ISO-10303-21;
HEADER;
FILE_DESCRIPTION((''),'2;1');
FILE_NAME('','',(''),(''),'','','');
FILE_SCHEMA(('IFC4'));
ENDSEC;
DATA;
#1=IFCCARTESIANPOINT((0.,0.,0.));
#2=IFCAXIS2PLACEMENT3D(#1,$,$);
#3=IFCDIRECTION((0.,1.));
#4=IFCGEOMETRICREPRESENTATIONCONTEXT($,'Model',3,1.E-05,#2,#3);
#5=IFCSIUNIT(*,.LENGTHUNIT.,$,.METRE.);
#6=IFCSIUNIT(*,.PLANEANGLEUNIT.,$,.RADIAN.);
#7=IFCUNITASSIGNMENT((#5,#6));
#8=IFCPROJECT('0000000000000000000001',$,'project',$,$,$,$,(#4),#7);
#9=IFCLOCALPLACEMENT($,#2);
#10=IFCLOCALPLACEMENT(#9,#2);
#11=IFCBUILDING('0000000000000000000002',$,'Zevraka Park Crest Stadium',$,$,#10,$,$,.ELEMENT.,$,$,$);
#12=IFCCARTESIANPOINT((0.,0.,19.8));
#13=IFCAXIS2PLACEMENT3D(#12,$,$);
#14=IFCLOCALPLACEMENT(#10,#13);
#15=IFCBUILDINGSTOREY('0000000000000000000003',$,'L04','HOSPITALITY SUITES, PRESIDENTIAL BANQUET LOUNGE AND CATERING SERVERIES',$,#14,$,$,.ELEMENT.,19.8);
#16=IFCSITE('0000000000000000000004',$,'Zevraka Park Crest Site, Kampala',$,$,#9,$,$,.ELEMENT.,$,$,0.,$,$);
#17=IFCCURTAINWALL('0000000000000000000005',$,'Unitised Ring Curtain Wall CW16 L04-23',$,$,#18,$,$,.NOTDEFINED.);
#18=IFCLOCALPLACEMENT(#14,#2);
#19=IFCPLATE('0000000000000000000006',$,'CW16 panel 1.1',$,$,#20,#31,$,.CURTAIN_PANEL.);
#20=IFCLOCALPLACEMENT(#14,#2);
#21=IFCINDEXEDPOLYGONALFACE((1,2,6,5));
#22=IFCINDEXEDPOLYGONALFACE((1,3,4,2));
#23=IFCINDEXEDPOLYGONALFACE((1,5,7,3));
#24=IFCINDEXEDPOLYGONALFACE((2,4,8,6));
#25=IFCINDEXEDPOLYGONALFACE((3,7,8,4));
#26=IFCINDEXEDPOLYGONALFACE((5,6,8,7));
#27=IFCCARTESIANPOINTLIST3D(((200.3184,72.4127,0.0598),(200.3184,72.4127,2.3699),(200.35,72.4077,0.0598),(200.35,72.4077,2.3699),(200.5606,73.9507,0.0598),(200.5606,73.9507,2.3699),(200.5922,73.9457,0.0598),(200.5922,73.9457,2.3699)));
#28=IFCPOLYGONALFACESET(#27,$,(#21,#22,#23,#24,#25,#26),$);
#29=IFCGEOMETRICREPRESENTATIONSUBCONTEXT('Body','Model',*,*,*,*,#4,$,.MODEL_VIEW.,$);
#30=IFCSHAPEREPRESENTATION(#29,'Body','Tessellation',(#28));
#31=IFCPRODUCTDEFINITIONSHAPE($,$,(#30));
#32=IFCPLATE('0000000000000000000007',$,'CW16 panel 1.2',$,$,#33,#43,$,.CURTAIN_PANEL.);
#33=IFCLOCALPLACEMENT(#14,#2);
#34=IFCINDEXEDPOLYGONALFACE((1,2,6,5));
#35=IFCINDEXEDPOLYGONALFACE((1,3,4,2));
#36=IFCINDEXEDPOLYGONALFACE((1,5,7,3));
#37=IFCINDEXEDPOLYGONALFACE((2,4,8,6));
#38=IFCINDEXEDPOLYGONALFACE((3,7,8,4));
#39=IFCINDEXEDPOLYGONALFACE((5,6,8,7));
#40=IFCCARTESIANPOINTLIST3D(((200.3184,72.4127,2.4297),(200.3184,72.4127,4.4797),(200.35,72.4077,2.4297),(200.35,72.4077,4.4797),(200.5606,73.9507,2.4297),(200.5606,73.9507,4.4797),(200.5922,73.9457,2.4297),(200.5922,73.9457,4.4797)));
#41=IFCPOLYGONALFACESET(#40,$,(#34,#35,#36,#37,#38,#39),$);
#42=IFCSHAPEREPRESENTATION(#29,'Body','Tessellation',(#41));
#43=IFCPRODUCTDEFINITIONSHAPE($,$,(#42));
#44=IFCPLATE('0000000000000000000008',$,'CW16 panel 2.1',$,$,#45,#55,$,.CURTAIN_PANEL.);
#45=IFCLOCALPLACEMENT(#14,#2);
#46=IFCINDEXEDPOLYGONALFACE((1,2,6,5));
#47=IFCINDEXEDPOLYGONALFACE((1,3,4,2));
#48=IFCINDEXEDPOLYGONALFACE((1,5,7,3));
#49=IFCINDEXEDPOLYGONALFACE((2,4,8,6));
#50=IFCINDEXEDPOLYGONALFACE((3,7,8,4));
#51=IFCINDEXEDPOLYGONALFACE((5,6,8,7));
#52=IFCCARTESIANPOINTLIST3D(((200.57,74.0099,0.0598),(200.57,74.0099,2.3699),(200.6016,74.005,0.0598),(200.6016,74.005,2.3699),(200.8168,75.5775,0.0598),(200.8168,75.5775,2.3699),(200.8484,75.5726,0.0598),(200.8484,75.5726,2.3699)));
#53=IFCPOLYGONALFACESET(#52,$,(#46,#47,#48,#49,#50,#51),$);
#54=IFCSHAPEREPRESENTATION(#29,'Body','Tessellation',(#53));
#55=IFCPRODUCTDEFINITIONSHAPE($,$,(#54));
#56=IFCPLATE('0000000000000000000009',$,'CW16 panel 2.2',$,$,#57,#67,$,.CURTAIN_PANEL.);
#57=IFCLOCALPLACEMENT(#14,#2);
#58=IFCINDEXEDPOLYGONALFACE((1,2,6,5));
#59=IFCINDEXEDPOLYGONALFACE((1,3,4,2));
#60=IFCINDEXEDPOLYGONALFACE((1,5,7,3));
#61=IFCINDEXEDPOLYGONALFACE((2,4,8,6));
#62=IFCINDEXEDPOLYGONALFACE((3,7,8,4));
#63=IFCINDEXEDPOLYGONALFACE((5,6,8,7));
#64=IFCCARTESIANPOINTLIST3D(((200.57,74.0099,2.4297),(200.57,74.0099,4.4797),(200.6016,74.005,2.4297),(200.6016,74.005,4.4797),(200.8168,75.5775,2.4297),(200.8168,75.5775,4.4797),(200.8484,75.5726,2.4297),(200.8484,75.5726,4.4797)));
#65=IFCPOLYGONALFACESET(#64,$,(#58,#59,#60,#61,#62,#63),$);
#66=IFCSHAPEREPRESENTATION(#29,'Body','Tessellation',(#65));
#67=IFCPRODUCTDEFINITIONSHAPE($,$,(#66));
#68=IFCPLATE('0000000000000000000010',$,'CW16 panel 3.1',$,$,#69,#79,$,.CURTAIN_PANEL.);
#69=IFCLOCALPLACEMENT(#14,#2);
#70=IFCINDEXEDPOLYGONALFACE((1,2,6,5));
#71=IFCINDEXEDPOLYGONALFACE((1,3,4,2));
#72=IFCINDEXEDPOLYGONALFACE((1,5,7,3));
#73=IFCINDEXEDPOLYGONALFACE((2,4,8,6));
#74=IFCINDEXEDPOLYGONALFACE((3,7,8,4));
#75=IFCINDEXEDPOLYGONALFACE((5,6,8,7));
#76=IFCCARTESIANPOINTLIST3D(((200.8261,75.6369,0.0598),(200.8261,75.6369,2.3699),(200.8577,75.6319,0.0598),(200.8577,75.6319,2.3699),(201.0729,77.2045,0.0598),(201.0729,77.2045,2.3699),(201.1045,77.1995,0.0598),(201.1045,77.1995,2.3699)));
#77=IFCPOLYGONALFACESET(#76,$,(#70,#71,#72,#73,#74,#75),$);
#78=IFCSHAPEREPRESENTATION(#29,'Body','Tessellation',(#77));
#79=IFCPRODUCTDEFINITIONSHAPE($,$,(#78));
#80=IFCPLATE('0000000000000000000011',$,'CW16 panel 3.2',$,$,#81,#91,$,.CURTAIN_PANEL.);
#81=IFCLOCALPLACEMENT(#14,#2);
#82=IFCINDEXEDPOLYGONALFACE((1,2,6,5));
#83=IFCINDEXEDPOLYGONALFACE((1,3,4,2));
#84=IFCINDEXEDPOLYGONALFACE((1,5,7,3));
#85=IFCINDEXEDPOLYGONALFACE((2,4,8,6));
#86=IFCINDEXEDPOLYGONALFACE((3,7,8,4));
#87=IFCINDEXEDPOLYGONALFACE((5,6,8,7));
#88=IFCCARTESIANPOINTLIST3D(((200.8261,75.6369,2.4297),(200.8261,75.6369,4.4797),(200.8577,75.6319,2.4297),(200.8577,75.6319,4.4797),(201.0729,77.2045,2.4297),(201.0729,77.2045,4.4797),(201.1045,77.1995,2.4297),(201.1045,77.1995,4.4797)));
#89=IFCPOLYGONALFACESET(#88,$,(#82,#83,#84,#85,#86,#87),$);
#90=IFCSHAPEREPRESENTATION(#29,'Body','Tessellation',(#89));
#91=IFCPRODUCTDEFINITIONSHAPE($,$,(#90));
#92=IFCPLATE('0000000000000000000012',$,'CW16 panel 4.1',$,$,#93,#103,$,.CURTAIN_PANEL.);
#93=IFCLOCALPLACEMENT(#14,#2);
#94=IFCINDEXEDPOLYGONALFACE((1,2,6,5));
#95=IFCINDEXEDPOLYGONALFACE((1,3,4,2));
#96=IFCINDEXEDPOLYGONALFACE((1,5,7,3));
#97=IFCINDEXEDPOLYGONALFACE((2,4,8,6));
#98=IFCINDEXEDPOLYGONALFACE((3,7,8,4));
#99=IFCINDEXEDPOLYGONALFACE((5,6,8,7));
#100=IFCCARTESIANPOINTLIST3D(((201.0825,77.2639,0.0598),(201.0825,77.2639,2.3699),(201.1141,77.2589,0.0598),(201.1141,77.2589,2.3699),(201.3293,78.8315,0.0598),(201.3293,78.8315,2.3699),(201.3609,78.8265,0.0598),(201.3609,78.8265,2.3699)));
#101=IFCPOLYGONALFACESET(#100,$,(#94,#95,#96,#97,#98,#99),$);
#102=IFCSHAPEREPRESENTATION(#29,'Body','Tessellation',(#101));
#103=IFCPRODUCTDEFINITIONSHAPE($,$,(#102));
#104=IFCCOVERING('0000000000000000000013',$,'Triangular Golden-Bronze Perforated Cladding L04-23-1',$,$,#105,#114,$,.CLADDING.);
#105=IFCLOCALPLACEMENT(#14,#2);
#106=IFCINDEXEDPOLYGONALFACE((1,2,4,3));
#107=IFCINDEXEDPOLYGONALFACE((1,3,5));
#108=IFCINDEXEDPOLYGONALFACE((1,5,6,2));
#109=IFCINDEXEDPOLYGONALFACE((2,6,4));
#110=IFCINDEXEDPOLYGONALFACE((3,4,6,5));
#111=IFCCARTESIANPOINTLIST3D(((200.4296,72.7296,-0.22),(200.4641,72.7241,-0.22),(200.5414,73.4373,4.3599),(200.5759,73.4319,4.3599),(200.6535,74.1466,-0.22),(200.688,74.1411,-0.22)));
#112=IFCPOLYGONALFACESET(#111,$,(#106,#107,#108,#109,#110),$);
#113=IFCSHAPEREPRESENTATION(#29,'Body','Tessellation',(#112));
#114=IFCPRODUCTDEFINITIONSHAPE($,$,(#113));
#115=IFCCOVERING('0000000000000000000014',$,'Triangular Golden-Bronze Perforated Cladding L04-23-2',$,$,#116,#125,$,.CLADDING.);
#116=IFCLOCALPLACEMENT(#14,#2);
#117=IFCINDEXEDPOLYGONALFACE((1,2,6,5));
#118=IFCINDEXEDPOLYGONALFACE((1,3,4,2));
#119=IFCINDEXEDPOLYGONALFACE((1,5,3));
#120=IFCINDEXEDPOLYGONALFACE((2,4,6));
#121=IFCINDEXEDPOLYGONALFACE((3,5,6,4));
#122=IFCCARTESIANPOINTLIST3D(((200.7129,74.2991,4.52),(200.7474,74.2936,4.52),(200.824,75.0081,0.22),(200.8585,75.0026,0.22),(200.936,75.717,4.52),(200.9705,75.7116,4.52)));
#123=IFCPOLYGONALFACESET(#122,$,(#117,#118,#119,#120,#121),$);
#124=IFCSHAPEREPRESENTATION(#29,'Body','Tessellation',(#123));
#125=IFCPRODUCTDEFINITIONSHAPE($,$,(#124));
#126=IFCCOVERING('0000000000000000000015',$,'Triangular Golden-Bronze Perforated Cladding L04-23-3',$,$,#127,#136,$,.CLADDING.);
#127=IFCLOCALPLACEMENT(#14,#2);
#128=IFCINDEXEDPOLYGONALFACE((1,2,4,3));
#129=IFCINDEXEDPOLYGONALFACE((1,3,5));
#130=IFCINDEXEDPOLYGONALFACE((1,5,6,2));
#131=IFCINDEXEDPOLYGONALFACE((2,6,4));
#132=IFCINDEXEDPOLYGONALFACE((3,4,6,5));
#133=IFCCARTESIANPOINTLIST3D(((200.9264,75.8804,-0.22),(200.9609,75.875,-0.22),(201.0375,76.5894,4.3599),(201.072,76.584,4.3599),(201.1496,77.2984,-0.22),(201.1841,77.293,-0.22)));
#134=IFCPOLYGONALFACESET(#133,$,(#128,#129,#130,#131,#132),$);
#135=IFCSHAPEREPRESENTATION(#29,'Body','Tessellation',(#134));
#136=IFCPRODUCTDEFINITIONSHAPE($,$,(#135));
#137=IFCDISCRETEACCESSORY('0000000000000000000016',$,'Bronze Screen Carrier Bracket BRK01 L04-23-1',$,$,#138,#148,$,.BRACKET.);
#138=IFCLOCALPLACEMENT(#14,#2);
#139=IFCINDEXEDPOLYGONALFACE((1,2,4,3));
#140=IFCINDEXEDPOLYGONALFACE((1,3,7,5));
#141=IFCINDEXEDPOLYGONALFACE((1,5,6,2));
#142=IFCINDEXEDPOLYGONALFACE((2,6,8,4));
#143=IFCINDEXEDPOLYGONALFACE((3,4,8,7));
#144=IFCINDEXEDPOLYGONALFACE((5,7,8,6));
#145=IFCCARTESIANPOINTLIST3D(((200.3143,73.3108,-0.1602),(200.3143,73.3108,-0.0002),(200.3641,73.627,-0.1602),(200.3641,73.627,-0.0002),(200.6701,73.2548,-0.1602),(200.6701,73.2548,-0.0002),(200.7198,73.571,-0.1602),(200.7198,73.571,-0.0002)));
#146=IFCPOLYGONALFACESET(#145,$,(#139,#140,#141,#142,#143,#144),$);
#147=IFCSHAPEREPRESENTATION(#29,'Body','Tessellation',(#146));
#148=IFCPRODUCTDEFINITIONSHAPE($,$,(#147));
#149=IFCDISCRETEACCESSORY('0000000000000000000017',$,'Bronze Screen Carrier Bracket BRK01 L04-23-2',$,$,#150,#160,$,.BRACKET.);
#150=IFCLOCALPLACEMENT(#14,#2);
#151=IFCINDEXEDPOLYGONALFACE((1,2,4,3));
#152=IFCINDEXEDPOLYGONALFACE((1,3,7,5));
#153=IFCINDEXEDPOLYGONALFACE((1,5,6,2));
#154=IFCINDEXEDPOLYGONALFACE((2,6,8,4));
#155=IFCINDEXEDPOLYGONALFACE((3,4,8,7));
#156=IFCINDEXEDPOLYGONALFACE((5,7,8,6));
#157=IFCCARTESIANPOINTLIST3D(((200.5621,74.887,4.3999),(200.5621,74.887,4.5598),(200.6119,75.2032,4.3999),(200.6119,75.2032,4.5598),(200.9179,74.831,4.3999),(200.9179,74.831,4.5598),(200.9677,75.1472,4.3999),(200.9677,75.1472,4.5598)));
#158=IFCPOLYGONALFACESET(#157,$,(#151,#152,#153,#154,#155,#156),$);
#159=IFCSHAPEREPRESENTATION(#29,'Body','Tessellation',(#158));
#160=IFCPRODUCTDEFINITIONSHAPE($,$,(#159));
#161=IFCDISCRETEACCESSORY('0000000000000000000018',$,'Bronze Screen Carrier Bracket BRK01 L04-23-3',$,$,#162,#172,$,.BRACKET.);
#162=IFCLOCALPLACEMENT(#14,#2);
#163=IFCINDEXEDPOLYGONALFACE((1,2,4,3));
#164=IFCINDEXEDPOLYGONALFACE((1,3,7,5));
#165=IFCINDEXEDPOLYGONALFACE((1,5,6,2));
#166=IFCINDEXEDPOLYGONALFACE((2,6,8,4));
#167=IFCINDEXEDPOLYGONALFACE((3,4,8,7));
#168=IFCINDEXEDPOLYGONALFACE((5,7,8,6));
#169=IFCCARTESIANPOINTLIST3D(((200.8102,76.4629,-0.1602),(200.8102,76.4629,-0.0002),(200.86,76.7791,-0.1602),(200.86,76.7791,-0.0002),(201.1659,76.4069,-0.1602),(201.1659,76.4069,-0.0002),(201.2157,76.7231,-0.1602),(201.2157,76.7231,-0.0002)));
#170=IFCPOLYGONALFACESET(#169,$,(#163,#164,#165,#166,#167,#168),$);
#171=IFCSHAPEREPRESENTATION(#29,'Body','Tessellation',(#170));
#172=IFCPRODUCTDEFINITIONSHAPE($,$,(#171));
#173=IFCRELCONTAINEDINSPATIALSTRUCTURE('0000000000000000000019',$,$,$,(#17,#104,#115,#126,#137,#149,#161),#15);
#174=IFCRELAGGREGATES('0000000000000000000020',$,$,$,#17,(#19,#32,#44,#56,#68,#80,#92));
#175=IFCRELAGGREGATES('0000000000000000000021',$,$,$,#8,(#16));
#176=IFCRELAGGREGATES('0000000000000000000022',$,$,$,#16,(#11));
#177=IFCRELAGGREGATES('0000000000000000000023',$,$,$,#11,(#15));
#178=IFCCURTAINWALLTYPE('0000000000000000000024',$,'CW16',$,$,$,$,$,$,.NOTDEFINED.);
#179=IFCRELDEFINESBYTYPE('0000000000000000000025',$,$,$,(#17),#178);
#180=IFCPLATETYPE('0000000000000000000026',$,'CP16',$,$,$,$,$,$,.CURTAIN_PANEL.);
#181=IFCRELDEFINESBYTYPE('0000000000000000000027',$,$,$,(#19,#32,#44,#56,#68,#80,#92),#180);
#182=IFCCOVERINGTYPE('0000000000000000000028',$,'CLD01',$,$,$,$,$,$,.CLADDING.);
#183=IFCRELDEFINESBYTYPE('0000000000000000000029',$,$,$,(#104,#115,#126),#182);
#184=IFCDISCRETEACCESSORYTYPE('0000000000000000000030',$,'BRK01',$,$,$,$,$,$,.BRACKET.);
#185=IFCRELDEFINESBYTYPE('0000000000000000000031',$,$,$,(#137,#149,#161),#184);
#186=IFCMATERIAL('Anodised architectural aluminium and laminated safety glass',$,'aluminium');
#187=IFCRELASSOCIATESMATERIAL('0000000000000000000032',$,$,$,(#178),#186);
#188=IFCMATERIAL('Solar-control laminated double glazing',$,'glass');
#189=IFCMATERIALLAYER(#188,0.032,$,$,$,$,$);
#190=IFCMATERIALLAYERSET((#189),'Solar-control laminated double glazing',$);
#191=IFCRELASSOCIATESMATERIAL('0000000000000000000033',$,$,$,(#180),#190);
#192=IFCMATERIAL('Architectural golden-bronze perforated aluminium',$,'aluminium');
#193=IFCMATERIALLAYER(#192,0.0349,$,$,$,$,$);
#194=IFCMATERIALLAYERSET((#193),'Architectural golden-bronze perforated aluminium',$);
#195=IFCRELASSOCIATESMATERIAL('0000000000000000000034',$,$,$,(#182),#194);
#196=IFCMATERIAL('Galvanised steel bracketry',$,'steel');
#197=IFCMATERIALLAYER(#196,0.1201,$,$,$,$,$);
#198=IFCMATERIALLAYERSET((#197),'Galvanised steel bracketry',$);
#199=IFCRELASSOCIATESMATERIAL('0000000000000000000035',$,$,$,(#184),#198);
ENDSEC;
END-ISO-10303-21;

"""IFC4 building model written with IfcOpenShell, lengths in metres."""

from ifc_helpers import new_model, si_unit, direction, frame, origin, origin_2d, place, context, subcontext, project, spatial, polyline, rectangle, outline, extrude, material, layer, layer_set, type_object, element, aggregate, save


model = new_model("IFC4")

# Units and contexts
model_context = context("Model", 3, precision=1e-05, world=origin(), true_north=direction((0.0, 1.0)))
body_context = subcontext(model_context, "Body", "Model", "MODEL_VIEW")
ifc_project = project(units=[si_unit("LENGTHUNIT", "METRE"), si_unit("PLANEANGLEUNIT", "RADIAN")], contexts=[model_context])

# Site, building, storey
site_placement = place(None, origin())
site = spatial("IfcSite", under=ifc_project, at=site_placement, Name="Zevraka Park Crest Site, Kampala", CompositionType="ELEMENT", RefElevation=0.0)
building_placement = place(site_placement, origin())
building = spatial("IfcBuilding", under=site, at=building_placement, Name="Zevraka Park Crest Stadium", CompositionType="ELEMENT")
storey_placement = place(building_placement, frame((0.0, 0.0, 19.8)))
storey = spatial("IfcBuildingStorey", under=building, at=storey_placement, Name="L04", Description="HOSPITALITY SUITES, PRESIDENTIAL BANQUET LOUNGE AND CATERING SERVERIES", CompositionType="ELEMENT", Elevation=19.8)

# Curtain wall, plates
ifc_material_1 = material(Name="Anodised architectural aluminium and laminated safety glass", Category="aluminium")
curtain_wall_type = type_object("IfcCurtainWallType", Name="CW16", PredefinedType="NOTDEFINED", material=ifc_material_1)
curtain_wall_placement = place(storey_placement, origin())
curtain_wall = element("IfcCurtainWall", 1, at=curtain_wall_placement, inside=storey, type_object=curtain_wall_type, Name="Unitised Ring Curtain Wall CW16 L04-23", PredefinedType="NOTDEFINED")
ifc_material_2 = material(Name="Solar-control laminated double glazing", Category="glass")
ifc_layer_1 = layer(ifc_material_2, 0.032)
ifc_layer_set_1 = layer_set([ifc_layer_1], Name="Solar-control laminated double glazing")
plate_type = type_object("IfcPlateType", Name="CP16", PredefinedType="CURTAIN_PANEL", material=ifc_layer_set_1)
plate_1_placement = place(storey_placement, frame((200.4553, 73.1792, 0.0598), z_axis=(0.0, 0.0, 1.0), x_axis=(0.155539, 0.98783, 0.0)))
plate_1 = element("IfcPlate", 2, at=plate_1_placement, type_object=plate_type, Name="CW16 panel 1.1", PredefinedType="CURTAIN_PANEL", context=body_context, shape_type="SweptSolid", body=[
    extrude(rectangle(XDim=1.5569, YDim=0.032, at=origin_2d()), origin(), (0.0, 0.0, 1.0), 2.3101),
])
plate_2_placement = place(storey_placement, frame((200.4553, 73.1792, 2.4297), z_axis=(0.0, 0.0, 1.0), x_axis=(0.155539, 0.98783, 0.0)))
plate_2 = element("IfcPlate", 3, at=plate_2_placement, type_object=plate_type, Name="CW16 panel 1.2", PredefinedType="CURTAIN_PANEL", context=body_context, shape_type="SweptSolid", body=[
    extrude(rectangle(XDim=1.5569, YDim=0.032, at=origin_2d()), origin(), (0.0, 0.0, 1.0), 2.05),
])
plate_3_placement = place(storey_placement, frame((200.7092, 74.7913, 0.0598), z_axis=(0.0, 0.0, 1.0), x_axis=(0.155539, 0.98783, 0.0)))
plate_3 = element("IfcPlate", 4, at=plate_3_placement, type_object=plate_type, Name="CW16 panel 2.1", PredefinedType="CURTAIN_PANEL", context=body_context, shape_type="SweptSolid", body=[
    extrude(rectangle(XDim=1.5869, YDim=0.032, at=origin_2d()), origin(), (0.0, 0.0, 1.0), 2.3101),
])
plate_4_placement = place(storey_placement, frame((200.7092, 74.7913, 2.4297), z_axis=(0.0, 0.0, 1.0), x_axis=(0.155539, 0.98783, 0.0)))
plate_4 = element("IfcPlate", 5, at=plate_4_placement, type_object=plate_type, Name="CW16 panel 2.2", PredefinedType="CURTAIN_PANEL", context=body_context, shape_type="SweptSolid", body=[
    extrude(rectangle(XDim=1.5869, YDim=0.032, at=origin_2d()), origin(), (0.0, 0.0, 1.0), 2.05),
])
plate_5_placement = place(storey_placement, frame((200.9653, 76.4182, 0.0598), z_axis=(0.0, 0.0, 1.0), x_axis=(0.155539, 0.98783, 0.0)))
plate_5 = element("IfcPlate", 6, at=plate_5_placement, type_object=plate_type, Name="CW16 panel 3.1", PredefinedType="CURTAIN_PANEL", context=body_context, shape_type="SweptSolid", body=[
    extrude(rectangle(XDim=1.5869, YDim=0.032, at=origin_2d()), origin(), (0.0, 0.0, 1.0), 2.3101),
])
plate_6_placement = place(storey_placement, frame((200.9653, 76.4182, 2.4297), z_axis=(0.0, 0.0, 1.0), x_axis=(0.155539, 0.98783, 0.0)))
plate_6 = element("IfcPlate", 7, at=plate_6_placement, type_object=plate_type, Name="CW16 panel 3.2", PredefinedType="CURTAIN_PANEL", context=body_context, shape_type="SweptSolid", body=[
    extrude(rectangle(XDim=1.5869, YDim=0.032, at=origin_2d()), origin(), (0.0, 0.0, 1.0), 2.05),
])
plate_7_placement = place(storey_placement, frame((201.2217, 78.0452, 0.0598), z_axis=(0.0, 0.0, 1.0), x_axis=(0.155539, 0.98783, 0.0)))
plate_7 = element("IfcPlate", 8, at=plate_7_placement, type_object=plate_type, Name="CW16 panel 4.1", PredefinedType="CURTAIN_PANEL", context=body_context, shape_type="SweptSolid", body=[
    extrude(rectangle(XDim=1.5869, YDim=0.032, at=origin_2d()), origin(), (0.0, 0.0, 1.0), 2.3101),
])
aggregate(curtain_wall, [plate_1, plate_2, plate_3, plate_4, plate_5, plate_6, plate_7])

# Coverings
ifc_material_3 = material(Name="Architectural golden-bronze perforated aluminium", Category="aluminium")
ifc_layer_2 = layer(ifc_material_3, 0.0349)
ifc_layer_set_2 = layer_set([ifc_layer_2], Name="Architectural golden-bronze perforated aluminium")
covering_type = type_object("IfcCoveringType", Name="CLD01", PredefinedType="CLADDING", material=ifc_layer_set_2)
covering_1_placement = place(storey_placement, frame((200.4641, 72.7241, -0.22), z_axis=(0.987748, -0.156059, 0.000001), x_axis=(0.156059, 0.987748, 0.0)))
element("IfcCovering", 9, at=covering_1_placement, inside=storey, type_object=covering_type, Name="Triangular Golden-Bronze Perforated Cladding L04-23-1", PredefinedType="CLADDING", context=body_context, shape_type="SweptSolid", body=[
    extrude(outline(polyline([(0.0, 0.0), (1.4346, 0.0), (0.7165, 4.5798), (0.0, 0.0)])), origin(), (0.0, 0.0, -1.0), 0.0349),
])
covering_2_placement = place(storey_placement, frame((200.936, 75.717, 4.52), z_axis=(-0.987843, 0.155456, 0.000112), x_axis=(-0.155456, -0.987843, 0.0)))
element("IfcCovering", 10, at=covering_2_placement, inside=storey, type_object=covering_type, Name="Triangular Golden-Bronze Perforated Cladding L04-23-2", PredefinedType="CLADDING", context=body_context, shape_type="SweptSolid", body=[
    extrude(outline(polyline([(0.0, 0.0), (1.4354, 0.0), (0.7178, -4.3), (0.0, 0.0)])), origin(), (0.0, 0.0, -1.0), 0.0349),
])
covering_3_placement = place(storey_placement, frame((200.9609, 75.875, -0.22), z_axis=(0.987843, -0.155456, 0.000105), x_axis=(0.155456, 0.987843, 0.0)))
element("IfcCovering", 11, at=covering_3_placement, inside=storey, type_object=covering_type, Name="Triangular Golden-Bronze Perforated Cladding L04-23-3", PredefinedType="CLADDING", context=body_context, shape_type="SweptSolid", body=[
    extrude(outline(polyline([(0.0, 0.0), (1.4354, 0.0), (0.7176, 4.5798), (0.0, 0.0)])), origin(), (0.0, 0.0, -1.0), 0.0349),
])

# Discrete accessories
ifc_material_4 = material(Name="Galvanised steel bracketry", Category="steel")
ifc_layer_3 = layer(ifc_material_4, 0.1201)
ifc_layer_set_3 = layer_set([ifc_layer_3], Name="Galvanised steel bracketry")
discrete_accessory_type = type_object("IfcDiscreteAccessoryType", Name="BRK01", PredefinedType="BRACKET", material=ifc_layer_set_3)
for number, where, z_axis, x_axis, name in (
    (12, (200.5171, 73.4409, -0.1602), (0.0, 0.0, 1.0), (0.155572, 0.987824, 0.0), "Bronze Screen Carrier Bracket BRK01 L04-23-1"),
    (13, (200.7649, 75.0171, 4.3999), (0.0, 0.0, 1.0), (0.155572, 0.987824, 0.0), "Bronze Screen Carrier Bracket BRK01 L04-23-2"),
    (14, (201.0129, 76.593, -0.1602), (0.0, 0.0, 1.0), (0.155572, 0.987824, 0.0), "Bronze Screen Carrier Bracket BRK01 L04-23-3"),
):
    element("IfcDiscreteAccessory", number, at=place(storey_placement, frame(where, z_axis=z_axis, x_axis=x_axis)), inside=storey, type_object=discrete_accessory_type, Name=name, PredefinedType="BRACKET", context=body_context, shape_type="SweptSolid", body=[
        extrude(rectangle(XDim=0.3201, YDim=0.3601, at=origin_2d()), origin(), (0.0, 0.0, 1.0), 0.1599),
    ])

save(model, "model.ifc")
